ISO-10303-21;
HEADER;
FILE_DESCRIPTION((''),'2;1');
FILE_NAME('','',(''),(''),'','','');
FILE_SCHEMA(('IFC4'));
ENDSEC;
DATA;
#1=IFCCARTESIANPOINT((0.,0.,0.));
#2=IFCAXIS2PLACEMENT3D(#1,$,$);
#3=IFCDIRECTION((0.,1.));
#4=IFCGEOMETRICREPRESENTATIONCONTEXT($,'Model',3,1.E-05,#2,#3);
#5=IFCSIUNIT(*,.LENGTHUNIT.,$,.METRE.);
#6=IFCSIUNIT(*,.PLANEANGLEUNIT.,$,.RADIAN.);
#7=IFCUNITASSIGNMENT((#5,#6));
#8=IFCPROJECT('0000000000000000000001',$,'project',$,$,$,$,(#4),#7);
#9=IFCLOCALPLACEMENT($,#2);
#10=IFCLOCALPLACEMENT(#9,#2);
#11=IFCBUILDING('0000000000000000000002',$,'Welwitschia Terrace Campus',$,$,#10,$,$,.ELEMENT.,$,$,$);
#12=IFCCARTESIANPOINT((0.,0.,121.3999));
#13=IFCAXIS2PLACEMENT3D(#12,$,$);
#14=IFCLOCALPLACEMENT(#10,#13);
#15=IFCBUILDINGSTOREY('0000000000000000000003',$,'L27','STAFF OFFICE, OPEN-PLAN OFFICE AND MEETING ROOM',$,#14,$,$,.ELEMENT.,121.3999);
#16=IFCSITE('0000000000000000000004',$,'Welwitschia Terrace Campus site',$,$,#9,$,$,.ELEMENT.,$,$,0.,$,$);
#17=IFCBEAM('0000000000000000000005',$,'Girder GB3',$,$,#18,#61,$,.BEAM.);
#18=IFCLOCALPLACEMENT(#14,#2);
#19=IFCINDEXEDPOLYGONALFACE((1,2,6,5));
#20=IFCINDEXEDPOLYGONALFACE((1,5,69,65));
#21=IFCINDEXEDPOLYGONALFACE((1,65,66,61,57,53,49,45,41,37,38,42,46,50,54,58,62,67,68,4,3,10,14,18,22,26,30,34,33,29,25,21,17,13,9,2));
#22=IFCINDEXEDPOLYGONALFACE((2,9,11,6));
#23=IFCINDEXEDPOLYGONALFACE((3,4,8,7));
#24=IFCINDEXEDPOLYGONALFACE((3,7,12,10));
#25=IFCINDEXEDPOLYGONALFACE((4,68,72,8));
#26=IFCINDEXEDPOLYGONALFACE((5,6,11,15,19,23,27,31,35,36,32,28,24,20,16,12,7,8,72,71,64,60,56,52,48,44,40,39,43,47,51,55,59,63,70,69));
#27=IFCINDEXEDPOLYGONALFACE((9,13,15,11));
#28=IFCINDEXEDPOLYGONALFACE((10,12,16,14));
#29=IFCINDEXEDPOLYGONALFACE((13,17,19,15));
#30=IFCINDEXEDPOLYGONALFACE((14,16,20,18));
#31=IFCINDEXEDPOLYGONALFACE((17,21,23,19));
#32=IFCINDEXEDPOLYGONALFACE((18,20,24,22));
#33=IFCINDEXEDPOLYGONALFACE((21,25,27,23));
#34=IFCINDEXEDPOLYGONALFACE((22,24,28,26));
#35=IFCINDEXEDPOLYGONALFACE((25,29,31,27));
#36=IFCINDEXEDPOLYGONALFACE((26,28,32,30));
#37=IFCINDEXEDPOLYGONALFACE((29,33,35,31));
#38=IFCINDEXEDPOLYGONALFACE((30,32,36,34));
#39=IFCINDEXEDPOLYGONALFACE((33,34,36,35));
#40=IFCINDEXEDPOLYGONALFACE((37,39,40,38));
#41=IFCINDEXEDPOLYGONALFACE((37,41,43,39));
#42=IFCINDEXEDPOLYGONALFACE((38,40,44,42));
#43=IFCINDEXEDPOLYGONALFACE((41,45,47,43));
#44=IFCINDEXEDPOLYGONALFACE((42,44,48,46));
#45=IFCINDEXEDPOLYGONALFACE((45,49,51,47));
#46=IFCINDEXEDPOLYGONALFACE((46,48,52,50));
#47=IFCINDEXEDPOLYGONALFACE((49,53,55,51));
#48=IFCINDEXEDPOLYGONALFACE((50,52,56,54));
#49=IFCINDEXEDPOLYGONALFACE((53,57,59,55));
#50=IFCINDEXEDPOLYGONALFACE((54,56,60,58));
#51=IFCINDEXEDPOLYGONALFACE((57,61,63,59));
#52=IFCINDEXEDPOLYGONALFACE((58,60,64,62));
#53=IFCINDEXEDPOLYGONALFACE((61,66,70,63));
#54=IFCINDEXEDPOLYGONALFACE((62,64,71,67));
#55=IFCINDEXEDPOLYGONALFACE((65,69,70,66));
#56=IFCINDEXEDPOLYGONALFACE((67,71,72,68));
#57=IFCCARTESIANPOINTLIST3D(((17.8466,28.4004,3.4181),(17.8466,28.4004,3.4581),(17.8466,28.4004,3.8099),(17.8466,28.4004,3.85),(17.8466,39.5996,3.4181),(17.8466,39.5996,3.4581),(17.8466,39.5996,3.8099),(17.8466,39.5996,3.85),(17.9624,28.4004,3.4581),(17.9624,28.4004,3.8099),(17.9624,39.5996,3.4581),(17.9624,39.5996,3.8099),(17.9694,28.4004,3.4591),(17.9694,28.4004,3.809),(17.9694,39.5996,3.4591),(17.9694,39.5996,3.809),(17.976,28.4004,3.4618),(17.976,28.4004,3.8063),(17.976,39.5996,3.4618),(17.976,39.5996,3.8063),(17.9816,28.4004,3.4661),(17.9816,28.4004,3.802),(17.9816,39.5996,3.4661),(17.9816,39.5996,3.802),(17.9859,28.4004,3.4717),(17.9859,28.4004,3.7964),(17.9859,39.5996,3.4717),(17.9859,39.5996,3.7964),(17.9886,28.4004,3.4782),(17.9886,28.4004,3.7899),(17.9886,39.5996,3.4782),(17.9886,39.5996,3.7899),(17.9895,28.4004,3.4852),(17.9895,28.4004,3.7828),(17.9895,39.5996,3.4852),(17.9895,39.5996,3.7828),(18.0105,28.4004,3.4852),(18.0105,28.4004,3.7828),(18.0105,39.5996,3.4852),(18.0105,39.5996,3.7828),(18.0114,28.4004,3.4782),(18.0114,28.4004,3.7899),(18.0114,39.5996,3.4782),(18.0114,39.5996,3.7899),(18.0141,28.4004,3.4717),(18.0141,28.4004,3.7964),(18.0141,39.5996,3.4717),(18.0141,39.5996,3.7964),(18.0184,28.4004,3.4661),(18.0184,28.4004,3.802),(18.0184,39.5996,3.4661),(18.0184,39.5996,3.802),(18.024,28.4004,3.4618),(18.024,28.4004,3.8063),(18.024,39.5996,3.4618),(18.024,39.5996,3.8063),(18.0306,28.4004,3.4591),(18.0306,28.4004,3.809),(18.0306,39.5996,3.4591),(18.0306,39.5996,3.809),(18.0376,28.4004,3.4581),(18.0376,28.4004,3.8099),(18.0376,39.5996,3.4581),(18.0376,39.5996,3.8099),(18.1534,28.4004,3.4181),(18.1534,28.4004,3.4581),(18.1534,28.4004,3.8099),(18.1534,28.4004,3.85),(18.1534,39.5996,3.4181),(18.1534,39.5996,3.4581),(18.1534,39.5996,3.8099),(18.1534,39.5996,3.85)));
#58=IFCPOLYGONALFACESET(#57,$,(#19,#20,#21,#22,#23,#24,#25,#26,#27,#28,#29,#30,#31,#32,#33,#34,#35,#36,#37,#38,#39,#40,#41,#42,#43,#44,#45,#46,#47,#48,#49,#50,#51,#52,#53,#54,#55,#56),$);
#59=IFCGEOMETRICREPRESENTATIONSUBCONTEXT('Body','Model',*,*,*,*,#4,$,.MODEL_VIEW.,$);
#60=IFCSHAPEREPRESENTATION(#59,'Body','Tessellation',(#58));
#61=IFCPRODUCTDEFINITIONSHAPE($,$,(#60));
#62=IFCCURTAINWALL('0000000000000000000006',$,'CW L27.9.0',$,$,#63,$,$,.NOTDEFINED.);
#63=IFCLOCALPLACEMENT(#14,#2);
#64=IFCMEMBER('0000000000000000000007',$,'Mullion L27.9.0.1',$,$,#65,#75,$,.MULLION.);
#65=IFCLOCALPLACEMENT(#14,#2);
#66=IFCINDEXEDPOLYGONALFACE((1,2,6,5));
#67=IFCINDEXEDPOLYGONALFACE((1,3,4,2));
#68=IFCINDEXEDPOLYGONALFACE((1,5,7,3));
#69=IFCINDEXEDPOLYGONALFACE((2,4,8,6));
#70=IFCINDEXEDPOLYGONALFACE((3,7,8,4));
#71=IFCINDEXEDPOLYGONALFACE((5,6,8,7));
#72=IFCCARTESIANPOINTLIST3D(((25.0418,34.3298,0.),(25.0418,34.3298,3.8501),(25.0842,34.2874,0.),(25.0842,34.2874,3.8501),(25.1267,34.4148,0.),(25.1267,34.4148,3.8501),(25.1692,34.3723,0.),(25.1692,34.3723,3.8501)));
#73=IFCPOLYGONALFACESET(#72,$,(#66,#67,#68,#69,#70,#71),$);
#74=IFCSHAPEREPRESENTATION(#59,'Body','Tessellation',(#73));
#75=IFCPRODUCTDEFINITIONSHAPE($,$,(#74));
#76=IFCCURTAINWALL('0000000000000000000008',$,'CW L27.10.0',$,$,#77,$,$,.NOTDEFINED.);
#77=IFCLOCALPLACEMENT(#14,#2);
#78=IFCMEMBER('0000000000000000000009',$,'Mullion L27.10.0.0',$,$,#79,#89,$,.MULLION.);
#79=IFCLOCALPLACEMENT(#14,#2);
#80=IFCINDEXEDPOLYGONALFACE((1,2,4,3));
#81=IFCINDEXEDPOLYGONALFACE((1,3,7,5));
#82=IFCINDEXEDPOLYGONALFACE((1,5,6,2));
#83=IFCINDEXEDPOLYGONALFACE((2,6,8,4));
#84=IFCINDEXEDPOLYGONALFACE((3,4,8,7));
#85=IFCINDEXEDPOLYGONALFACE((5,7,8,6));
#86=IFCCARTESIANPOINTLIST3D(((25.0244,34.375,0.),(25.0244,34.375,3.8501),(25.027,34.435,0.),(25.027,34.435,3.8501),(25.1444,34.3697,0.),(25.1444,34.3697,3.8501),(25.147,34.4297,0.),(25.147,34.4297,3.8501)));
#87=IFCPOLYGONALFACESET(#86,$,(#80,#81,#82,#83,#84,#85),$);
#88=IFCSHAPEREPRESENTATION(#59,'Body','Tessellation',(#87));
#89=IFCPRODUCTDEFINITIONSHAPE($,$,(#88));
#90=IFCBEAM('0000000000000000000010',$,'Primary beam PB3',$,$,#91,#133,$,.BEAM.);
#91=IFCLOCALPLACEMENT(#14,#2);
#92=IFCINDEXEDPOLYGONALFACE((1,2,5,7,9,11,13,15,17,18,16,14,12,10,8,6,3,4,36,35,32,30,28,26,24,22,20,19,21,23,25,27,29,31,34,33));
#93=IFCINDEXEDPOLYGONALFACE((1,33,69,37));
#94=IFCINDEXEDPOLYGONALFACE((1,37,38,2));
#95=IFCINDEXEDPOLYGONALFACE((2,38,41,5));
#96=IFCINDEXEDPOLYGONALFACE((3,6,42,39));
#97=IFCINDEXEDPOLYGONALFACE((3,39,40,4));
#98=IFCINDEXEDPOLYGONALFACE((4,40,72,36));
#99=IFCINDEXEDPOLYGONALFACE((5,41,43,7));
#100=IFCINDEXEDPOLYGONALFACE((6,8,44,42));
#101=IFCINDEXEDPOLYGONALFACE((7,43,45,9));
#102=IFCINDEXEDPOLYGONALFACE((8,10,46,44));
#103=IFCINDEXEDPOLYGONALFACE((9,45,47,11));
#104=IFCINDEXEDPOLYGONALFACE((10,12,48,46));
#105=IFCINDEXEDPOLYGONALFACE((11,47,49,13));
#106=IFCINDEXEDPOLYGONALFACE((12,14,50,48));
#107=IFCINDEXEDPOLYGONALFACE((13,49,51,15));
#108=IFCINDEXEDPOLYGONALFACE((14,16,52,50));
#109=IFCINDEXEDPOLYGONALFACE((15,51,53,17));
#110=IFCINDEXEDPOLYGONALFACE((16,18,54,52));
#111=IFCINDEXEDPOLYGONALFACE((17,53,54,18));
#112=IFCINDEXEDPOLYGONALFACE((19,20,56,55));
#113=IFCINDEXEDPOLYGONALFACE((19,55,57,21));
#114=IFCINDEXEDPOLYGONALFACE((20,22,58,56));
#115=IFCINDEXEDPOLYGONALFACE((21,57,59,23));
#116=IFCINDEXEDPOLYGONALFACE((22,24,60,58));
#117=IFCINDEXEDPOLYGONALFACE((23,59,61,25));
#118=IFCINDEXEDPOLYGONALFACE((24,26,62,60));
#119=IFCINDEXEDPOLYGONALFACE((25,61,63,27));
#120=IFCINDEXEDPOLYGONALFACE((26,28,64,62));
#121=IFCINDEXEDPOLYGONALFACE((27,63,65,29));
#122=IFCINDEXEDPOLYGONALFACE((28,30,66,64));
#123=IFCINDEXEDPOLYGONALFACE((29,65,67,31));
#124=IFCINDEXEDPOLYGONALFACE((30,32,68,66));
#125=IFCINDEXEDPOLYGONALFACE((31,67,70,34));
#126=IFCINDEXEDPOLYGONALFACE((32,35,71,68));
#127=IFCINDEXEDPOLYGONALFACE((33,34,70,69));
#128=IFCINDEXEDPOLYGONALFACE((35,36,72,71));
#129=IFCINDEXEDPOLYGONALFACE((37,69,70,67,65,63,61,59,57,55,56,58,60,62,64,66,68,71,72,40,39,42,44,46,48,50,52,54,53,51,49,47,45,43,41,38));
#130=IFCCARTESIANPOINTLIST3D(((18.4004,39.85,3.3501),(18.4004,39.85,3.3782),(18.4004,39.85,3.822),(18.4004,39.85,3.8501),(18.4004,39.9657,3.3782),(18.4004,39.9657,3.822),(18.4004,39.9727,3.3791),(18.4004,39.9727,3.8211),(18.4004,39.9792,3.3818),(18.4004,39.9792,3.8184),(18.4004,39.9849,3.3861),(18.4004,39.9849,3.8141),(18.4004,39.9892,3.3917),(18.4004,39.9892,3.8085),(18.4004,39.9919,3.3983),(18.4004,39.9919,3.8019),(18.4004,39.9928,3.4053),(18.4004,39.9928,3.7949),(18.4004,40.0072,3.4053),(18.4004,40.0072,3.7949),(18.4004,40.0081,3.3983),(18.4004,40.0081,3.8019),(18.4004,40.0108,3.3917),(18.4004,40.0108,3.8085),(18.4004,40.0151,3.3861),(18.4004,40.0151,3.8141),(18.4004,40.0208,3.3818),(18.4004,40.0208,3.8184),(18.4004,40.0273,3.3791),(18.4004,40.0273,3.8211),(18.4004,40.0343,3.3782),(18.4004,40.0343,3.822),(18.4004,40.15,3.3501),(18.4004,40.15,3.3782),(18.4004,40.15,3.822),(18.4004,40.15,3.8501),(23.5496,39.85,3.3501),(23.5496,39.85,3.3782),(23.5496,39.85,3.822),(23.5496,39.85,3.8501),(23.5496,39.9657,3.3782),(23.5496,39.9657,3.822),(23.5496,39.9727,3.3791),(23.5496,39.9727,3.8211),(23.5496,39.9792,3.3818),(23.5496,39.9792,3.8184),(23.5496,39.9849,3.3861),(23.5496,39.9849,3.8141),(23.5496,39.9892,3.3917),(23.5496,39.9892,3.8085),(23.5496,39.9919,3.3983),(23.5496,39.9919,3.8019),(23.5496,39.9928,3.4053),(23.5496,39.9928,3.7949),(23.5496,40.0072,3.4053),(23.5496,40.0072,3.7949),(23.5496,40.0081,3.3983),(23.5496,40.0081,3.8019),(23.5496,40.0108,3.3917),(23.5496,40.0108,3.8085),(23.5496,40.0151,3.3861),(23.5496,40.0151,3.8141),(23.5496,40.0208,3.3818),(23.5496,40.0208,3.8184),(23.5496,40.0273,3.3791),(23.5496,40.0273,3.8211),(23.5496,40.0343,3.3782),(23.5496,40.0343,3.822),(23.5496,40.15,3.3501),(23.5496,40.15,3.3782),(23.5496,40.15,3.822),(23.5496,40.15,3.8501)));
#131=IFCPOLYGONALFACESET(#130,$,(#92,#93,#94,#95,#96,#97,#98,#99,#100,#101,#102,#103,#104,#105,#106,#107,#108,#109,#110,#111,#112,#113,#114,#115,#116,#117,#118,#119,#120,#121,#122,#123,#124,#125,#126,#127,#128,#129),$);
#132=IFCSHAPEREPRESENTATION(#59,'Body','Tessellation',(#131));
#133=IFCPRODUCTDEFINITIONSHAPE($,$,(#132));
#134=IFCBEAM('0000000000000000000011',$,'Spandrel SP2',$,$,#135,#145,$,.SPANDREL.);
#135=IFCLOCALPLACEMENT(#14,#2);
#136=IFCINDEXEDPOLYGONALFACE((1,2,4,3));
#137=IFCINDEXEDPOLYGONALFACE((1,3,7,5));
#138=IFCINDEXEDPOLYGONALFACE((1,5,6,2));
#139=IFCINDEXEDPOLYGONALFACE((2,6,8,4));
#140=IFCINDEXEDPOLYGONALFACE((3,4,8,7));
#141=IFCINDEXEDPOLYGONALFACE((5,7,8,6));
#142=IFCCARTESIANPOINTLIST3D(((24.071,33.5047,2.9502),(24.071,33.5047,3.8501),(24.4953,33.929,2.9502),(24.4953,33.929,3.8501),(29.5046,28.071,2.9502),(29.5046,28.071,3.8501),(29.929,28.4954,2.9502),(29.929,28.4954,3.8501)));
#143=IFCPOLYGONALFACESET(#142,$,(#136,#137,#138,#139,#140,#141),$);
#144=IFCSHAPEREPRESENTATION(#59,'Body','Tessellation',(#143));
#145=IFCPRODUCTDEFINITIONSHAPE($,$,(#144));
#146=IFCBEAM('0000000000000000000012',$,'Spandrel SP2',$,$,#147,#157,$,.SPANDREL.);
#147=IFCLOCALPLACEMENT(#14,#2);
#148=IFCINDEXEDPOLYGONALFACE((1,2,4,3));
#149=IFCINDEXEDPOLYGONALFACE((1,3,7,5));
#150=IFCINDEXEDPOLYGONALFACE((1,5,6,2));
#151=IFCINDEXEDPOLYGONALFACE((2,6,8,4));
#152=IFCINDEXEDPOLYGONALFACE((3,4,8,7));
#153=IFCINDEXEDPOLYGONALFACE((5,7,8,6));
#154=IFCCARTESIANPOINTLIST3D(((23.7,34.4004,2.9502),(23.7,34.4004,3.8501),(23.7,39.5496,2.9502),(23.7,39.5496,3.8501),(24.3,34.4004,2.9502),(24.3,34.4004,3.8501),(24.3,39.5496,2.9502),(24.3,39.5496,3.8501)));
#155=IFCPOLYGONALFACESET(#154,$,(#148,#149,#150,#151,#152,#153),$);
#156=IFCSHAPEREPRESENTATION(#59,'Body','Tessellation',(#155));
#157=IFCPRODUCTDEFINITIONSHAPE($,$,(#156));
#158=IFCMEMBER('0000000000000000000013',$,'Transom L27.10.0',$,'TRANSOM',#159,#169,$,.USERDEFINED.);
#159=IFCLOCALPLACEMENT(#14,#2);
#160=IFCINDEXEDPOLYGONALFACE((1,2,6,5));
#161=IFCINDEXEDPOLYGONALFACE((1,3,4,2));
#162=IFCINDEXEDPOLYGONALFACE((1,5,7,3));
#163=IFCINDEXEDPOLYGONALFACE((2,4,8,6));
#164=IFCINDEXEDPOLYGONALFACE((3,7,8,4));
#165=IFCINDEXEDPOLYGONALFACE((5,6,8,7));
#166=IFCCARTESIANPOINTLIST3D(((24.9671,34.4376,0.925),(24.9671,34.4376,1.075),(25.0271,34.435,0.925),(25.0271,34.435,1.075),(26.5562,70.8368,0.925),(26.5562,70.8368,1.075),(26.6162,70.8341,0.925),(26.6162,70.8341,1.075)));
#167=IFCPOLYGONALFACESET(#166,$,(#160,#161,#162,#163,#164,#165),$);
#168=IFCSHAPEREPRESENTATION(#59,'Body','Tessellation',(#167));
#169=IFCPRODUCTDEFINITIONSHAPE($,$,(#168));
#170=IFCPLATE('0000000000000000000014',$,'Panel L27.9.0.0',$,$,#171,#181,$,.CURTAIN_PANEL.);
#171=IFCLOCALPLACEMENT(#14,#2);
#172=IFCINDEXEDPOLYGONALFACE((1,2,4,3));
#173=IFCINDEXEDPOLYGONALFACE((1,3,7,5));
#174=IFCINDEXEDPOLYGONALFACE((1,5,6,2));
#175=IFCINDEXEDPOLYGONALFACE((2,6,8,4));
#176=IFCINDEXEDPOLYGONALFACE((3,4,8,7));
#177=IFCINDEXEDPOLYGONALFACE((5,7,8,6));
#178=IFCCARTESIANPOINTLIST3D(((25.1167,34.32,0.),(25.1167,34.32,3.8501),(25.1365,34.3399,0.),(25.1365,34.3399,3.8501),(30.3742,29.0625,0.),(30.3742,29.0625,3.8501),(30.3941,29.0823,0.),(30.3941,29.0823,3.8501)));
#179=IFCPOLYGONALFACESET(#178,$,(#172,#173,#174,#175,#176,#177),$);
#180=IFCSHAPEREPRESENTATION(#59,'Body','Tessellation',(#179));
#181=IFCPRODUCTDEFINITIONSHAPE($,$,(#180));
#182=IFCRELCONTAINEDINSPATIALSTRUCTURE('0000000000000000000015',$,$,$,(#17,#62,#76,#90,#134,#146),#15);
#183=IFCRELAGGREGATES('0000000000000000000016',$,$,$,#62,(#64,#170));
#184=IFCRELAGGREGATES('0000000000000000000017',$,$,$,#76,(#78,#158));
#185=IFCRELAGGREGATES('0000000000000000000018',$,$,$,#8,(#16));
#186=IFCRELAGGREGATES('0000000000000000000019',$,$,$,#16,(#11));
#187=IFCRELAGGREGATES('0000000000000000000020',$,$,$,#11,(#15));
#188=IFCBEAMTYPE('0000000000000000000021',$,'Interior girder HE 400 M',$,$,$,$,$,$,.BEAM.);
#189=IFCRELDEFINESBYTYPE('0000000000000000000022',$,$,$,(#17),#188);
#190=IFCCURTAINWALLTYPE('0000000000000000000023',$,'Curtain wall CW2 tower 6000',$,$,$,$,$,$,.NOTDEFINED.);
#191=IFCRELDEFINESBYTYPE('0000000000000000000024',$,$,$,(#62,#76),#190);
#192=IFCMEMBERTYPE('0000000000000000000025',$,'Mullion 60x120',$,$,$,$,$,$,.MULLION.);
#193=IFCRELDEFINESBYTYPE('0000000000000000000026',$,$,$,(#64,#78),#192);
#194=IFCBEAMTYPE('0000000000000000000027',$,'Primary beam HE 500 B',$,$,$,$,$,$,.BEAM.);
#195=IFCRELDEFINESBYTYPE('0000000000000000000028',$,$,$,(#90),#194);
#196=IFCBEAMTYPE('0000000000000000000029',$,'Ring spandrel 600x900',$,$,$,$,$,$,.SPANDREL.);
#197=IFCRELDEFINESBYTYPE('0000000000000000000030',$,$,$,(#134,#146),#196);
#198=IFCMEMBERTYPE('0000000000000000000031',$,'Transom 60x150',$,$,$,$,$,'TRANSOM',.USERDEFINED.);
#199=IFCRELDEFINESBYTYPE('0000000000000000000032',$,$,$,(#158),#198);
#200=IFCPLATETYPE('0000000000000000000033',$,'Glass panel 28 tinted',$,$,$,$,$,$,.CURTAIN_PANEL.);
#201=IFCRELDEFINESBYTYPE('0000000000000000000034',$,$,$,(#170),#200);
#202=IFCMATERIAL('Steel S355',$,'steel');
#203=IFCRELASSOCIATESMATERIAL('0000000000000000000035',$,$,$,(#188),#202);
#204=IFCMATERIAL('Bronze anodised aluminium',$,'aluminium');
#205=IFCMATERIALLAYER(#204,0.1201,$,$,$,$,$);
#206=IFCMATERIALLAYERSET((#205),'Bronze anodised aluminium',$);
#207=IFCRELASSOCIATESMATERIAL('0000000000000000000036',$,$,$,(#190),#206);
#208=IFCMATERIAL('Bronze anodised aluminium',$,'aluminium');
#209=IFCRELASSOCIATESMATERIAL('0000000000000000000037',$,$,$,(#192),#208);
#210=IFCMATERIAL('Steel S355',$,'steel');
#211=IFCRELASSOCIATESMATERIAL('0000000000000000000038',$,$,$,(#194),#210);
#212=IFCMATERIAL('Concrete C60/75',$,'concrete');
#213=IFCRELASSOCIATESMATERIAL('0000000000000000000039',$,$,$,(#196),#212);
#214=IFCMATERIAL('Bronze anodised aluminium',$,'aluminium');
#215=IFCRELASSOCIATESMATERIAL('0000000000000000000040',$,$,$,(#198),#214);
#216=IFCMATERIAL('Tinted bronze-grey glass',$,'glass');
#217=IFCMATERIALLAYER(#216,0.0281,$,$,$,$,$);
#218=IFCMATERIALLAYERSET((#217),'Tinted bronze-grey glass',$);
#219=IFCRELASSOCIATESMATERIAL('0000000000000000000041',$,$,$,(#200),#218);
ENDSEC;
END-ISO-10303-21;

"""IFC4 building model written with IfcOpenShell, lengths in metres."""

from ifc_helpers import new_model, si_unit, direction, frame, origin, origin_2d, place, context, subcontext, project, spatial, rectangle, i_section, extrude, material, layer, layer_set, material_profile, profile_set, type_object, element, aggregate, save


model = new_model("IFC4")

# Units and contexts
model_context = context("Model", 3, precision=1e-05, world=origin(), true_north=direction((0.0, 1.0)))
body_context = subcontext(model_context, "Body", "Model", "MODEL_VIEW")
ifc_project = project(units=[si_unit("LENGTHUNIT", "METRE"), si_unit("PLANEANGLEUNIT", "RADIAN")], contexts=[model_context])

# Site, building, storey
site_placement = place(None, origin())
site = spatial("IfcSite", under=ifc_project, at=site_placement, Name="Welwitschia Terrace Campus site", CompositionType="ELEMENT", RefElevation=0.0)
building_placement = place(site_placement, origin())
building = spatial("IfcBuilding", under=site, at=building_placement, Name="Welwitschia Terrace Campus", CompositionType="ELEMENT")
storey_placement = place(building_placement, frame((0.0, 0.0, 121.3999)))
storey = spatial("IfcBuildingStorey", under=building, at=storey_placement, Name="L27", Description="STAFF OFFICE, OPEN-PLAN OFFICE AND MEETING ROOM", CompositionType="ELEMENT", Elevation=121.3999)

# Beam
ifc_material_1 = material(Name="Steel S355", Category="steel")
ifc_material_profile_1 = material_profile(ifc_material_1, i_section(OverallWidth=0.3069, OverallDepth=0.4319, WebThickness=0.021, FlangeThickness=0.04, FilletRadius=0.0271, at=origin_2d()))
ifc_profile_set_1 = profile_set([ifc_material_profile_1], Name="Steel S355")
beam_type_1 = type_object("IfcBeamType", Name="Interior girder HE 400 M", PredefinedType="BEAM", material=ifc_profile_set_1)
beam_1_placement = place(storey_placement, frame((18.0, 28.4004, 3.634), z_axis=(0.0, 1.0, 0.0), x_axis=(-1.0, 0.0, 0.0)))
element("IfcBeam", 1, at=beam_1_placement, inside=storey, type_object=beam_type_1, Name="Girder GB3", PredefinedType="BEAM", context=body_context, shape_type="SweptSolid", body=[
    extrude(i_section(OverallWidth=0.3069, OverallDepth=0.4319, WebThickness=0.021, FlangeThickness=0.04, FilletRadius=0.0271, at=origin_2d()), origin(), (0.0, 0.0, 1.0), 11.1992),
])

# Curtain walls, members
ifc_material_2 = material(Name="Bronze anodised aluminium", Category="aluminium")
ifc_layer_1 = layer(ifc_material_2, 0.1201)
ifc_layer_set_1 = layer_set([ifc_layer_1], Name="Bronze anodised aluminium")
curtain_wall_type = type_object("IfcCurtainWallType", Name="Curtain wall CW2 tower 6000", PredefinedType="NOTDEFINED", material=ifc_layer_set_1)
curtain_wall_1_placement = place(storey_placement, origin())
curtain_wall_1 = element("IfcCurtainWall", 2, at=curtain_wall_1_placement, inside=storey, type_object=curtain_wall_type, Name="CW L27.9.0", PredefinedType="NOTDEFINED")
ifc_material_3 = material(Name="Bronze anodised aluminium", Category="aluminium")
ifc_material_profile_2 = material_profile(ifc_material_3, rectangle(XDim=0.1201, YDim=0.0601, at=origin_2d()))
ifc_profile_set_2 = profile_set([ifc_material_profile_2], Name="Bronze anodised aluminium")
member_type_1 = type_object("IfcMemberType", Name="Mullion 60x120", PredefinedType="MULLION", material=ifc_profile_set_2)
member_1_placement = place(storey_placement, frame((25.1055, 34.3511, 0.0), z_axis=(0.0, 0.0, 1.0), x_axis=(-0.707107, -0.707107, 0.0)))
member_1 = element("IfcMember", 3, at=member_1_placement, type_object=member_type_1, Name="Mullion L27.9.0.1", PredefinedType="MULLION", context=body_context, shape_type="SweptSolid", body=[
    extrude(rectangle(XDim=0.1201, YDim=0.0601, at=origin_2d()), origin(), (0.0, 0.0, 1.0), 3.8501),
])
curtain_wall_2_placement = place(storey_placement, origin())
curtain_wall_2 = element("IfcCurtainWall", 4, at=curtain_wall_2_placement, inside=storey, type_object=curtain_wall_type, Name="CW L27.10.0", PredefinedType="NOTDEFINED")
member_2_placement = place(storey_placement, frame((25.0857, 34.4023, 0.0), z_axis=(0.0, 0.0, 1.0), x_axis=(-0.999048, 0.043619, 0.0)))
member_2 = element("IfcMember", 5, at=member_2_placement, type_object=member_type_1, Name="Mullion L27.10.0.0", PredefinedType="MULLION", context=body_context, shape_type="SweptSolid", body=[
    extrude(rectangle(XDim=0.1201, YDim=0.0601, at=origin_2d()), origin(), (0.0, 0.0, 1.0), 3.8501),
])

# Beams
ifc_material_4 = material(Name="Steel S355", Category="steel")
ifc_material_profile_3 = material_profile(ifc_material_4, i_section(OverallWidth=0.3, OverallDepth=0.5, WebThickness=0.0144, FlangeThickness=0.0281, FilletRadius=0.0271, at=origin_2d()))
ifc_profile_set_3 = profile_set([ifc_material_profile_3], Name="Steel S355")
beam_type_2 = type_object("IfcBeamType", Name="Primary beam HE 500 B", PredefinedType="BEAM", material=ifc_profile_set_3)
beam_2_placement = place(storey_placement, frame((23.5496, 40.0, 3.6001), z_axis=(-1.0, 0.0, 0.0), x_axis=(0.0, -1.0, 0.0)))
element("IfcBeam", 6, at=beam_2_placement, inside=storey, type_object=beam_type_2, Name="Primary beam PB3", PredefinedType="BEAM", context=body_context, shape_type="SweptSolid", body=[
    extrude(i_section(OverallWidth=0.3, OverallDepth=0.5, WebThickness=0.0144, FlangeThickness=0.0281, FilletRadius=0.0271, at=origin_2d()), origin(), (0.0, 0.0, 1.0), 5.1492),
])
ifc_material_5 = material(Name="Concrete C60/75", Category="concrete")
ifc_material_profile_4 = material_profile(ifc_material_5, rectangle(XDim=0.6001, YDim=0.8999, at=origin_2d()))
ifc_profile_set_4 = profile_set([ifc_material_profile_4], Name="Concrete C60/75")
beam_type_3 = type_object("IfcBeamType", Name="Ring spandrel 600x900", PredefinedType="SPANDREL", material=ifc_profile_set_4)
beam_3_placement = place(storey_placement, frame((29.7168, 28.2832, 3.4001), z_axis=(-0.707107, 0.707107, 0.0), x_axis=(-0.707107, -0.707107, 0.0)))
element("IfcBeam", 7, at=beam_3_placement, inside=storey, type_object=beam_type_3, Name="Spandrel SP2", PredefinedType="SPANDREL", context=body_context, shape_type="SweptSolid", body=[
    extrude(rectangle(XDim=0.6001, YDim=0.8999, at=origin_2d()), origin(), (0.0, 0.0, 1.0), 7.6843),
])
beam_4_placement = place(storey_placement, frame((24.0, 34.4004, 3.4001), z_axis=(0.0, 1.0, 0.0), x_axis=(-1.0, 0.0, 0.0)))
element("IfcBeam", 8, at=beam_4_placement, inside=storey, type_object=beam_type_3, Name="Spandrel SP2", PredefinedType="SPANDREL", context=body_context, shape_type="SweptSolid", body=[
    extrude(rectangle(XDim=0.6001, YDim=0.8999, at=origin_2d()), origin(), (0.0, 0.0, 1.0), 5.1492),
])

# Member
ifc_material_6 = material(Name="Bronze anodised aluminium", Category="aluminium")
ifc_material_profile_5 = material_profile(ifc_material_6, rectangle(XDim=0.0601, YDim=0.1499, at=origin_2d()))
ifc_profile_set_5 = profile_set([ifc_material_profile_5], Name="Bronze anodised aluminium")
member_type_2 = type_object("IfcMemberType", Name="Transom 60x150", ElementType="TRANSOM", PredefinedType="USERDEFINED", material=ifc_profile_set_5)
member_3_placement = place(storey_placement, frame((24.9971, 34.4363, 1.0), z_axis=(0.043616, 0.999048, 0.0), x_axis=(-0.999048, 0.043616, 0.0)))
member_3 = element("IfcMember", 9, at=member_3_placement, type_object=member_type_2, Name="Transom L27.10.0", ObjectType="TRANSOM", PredefinedType="USERDEFINED", context=body_context, shape_type="SweptSolid", body=[
    extrude(rectangle(XDim=0.0601, YDim=0.1499, at=origin_2d()), origin(), (0.0, 0.0, 1.0), 36.4338),
])

# Plate
ifc_material_7 = material(Name="Tinted bronze-grey glass", Category="glass")
ifc_layer_2 = layer(ifc_material_7, 0.0281)
ifc_layer_set_2 = layer_set([ifc_layer_2], Name="Tinted bronze-grey glass")
plate_type = type_object("IfcPlateType", Name="Glass panel 28 tinted", PredefinedType="CURTAIN_PANEL", material=ifc_layer_set_2)
plate_1_placement = place(storey_placement, frame((27.7554, 31.7012, 0.0), z_axis=(0.0, 0.0, 1.0), x_axis=(-0.707107, 0.707107, 0.0)))
plate_1 = element("IfcPlate", 10, at=plate_1_placement, type_object=plate_type, Name="Panel L27.9.0.0", PredefinedType="CURTAIN_PANEL", context=body_context, shape_type="SweptSolid", body=[
    extrude(rectangle(XDim=7.4353, YDim=0.0281, at=origin_2d()), origin(), (0.0, 0.0, 1.0), 3.8501),
])
aggregate(curtain_wall_1, [member_1, plate_1])
aggregate(curtain_wall_2, [member_2, member_3])

save(model, "model.ifc")
